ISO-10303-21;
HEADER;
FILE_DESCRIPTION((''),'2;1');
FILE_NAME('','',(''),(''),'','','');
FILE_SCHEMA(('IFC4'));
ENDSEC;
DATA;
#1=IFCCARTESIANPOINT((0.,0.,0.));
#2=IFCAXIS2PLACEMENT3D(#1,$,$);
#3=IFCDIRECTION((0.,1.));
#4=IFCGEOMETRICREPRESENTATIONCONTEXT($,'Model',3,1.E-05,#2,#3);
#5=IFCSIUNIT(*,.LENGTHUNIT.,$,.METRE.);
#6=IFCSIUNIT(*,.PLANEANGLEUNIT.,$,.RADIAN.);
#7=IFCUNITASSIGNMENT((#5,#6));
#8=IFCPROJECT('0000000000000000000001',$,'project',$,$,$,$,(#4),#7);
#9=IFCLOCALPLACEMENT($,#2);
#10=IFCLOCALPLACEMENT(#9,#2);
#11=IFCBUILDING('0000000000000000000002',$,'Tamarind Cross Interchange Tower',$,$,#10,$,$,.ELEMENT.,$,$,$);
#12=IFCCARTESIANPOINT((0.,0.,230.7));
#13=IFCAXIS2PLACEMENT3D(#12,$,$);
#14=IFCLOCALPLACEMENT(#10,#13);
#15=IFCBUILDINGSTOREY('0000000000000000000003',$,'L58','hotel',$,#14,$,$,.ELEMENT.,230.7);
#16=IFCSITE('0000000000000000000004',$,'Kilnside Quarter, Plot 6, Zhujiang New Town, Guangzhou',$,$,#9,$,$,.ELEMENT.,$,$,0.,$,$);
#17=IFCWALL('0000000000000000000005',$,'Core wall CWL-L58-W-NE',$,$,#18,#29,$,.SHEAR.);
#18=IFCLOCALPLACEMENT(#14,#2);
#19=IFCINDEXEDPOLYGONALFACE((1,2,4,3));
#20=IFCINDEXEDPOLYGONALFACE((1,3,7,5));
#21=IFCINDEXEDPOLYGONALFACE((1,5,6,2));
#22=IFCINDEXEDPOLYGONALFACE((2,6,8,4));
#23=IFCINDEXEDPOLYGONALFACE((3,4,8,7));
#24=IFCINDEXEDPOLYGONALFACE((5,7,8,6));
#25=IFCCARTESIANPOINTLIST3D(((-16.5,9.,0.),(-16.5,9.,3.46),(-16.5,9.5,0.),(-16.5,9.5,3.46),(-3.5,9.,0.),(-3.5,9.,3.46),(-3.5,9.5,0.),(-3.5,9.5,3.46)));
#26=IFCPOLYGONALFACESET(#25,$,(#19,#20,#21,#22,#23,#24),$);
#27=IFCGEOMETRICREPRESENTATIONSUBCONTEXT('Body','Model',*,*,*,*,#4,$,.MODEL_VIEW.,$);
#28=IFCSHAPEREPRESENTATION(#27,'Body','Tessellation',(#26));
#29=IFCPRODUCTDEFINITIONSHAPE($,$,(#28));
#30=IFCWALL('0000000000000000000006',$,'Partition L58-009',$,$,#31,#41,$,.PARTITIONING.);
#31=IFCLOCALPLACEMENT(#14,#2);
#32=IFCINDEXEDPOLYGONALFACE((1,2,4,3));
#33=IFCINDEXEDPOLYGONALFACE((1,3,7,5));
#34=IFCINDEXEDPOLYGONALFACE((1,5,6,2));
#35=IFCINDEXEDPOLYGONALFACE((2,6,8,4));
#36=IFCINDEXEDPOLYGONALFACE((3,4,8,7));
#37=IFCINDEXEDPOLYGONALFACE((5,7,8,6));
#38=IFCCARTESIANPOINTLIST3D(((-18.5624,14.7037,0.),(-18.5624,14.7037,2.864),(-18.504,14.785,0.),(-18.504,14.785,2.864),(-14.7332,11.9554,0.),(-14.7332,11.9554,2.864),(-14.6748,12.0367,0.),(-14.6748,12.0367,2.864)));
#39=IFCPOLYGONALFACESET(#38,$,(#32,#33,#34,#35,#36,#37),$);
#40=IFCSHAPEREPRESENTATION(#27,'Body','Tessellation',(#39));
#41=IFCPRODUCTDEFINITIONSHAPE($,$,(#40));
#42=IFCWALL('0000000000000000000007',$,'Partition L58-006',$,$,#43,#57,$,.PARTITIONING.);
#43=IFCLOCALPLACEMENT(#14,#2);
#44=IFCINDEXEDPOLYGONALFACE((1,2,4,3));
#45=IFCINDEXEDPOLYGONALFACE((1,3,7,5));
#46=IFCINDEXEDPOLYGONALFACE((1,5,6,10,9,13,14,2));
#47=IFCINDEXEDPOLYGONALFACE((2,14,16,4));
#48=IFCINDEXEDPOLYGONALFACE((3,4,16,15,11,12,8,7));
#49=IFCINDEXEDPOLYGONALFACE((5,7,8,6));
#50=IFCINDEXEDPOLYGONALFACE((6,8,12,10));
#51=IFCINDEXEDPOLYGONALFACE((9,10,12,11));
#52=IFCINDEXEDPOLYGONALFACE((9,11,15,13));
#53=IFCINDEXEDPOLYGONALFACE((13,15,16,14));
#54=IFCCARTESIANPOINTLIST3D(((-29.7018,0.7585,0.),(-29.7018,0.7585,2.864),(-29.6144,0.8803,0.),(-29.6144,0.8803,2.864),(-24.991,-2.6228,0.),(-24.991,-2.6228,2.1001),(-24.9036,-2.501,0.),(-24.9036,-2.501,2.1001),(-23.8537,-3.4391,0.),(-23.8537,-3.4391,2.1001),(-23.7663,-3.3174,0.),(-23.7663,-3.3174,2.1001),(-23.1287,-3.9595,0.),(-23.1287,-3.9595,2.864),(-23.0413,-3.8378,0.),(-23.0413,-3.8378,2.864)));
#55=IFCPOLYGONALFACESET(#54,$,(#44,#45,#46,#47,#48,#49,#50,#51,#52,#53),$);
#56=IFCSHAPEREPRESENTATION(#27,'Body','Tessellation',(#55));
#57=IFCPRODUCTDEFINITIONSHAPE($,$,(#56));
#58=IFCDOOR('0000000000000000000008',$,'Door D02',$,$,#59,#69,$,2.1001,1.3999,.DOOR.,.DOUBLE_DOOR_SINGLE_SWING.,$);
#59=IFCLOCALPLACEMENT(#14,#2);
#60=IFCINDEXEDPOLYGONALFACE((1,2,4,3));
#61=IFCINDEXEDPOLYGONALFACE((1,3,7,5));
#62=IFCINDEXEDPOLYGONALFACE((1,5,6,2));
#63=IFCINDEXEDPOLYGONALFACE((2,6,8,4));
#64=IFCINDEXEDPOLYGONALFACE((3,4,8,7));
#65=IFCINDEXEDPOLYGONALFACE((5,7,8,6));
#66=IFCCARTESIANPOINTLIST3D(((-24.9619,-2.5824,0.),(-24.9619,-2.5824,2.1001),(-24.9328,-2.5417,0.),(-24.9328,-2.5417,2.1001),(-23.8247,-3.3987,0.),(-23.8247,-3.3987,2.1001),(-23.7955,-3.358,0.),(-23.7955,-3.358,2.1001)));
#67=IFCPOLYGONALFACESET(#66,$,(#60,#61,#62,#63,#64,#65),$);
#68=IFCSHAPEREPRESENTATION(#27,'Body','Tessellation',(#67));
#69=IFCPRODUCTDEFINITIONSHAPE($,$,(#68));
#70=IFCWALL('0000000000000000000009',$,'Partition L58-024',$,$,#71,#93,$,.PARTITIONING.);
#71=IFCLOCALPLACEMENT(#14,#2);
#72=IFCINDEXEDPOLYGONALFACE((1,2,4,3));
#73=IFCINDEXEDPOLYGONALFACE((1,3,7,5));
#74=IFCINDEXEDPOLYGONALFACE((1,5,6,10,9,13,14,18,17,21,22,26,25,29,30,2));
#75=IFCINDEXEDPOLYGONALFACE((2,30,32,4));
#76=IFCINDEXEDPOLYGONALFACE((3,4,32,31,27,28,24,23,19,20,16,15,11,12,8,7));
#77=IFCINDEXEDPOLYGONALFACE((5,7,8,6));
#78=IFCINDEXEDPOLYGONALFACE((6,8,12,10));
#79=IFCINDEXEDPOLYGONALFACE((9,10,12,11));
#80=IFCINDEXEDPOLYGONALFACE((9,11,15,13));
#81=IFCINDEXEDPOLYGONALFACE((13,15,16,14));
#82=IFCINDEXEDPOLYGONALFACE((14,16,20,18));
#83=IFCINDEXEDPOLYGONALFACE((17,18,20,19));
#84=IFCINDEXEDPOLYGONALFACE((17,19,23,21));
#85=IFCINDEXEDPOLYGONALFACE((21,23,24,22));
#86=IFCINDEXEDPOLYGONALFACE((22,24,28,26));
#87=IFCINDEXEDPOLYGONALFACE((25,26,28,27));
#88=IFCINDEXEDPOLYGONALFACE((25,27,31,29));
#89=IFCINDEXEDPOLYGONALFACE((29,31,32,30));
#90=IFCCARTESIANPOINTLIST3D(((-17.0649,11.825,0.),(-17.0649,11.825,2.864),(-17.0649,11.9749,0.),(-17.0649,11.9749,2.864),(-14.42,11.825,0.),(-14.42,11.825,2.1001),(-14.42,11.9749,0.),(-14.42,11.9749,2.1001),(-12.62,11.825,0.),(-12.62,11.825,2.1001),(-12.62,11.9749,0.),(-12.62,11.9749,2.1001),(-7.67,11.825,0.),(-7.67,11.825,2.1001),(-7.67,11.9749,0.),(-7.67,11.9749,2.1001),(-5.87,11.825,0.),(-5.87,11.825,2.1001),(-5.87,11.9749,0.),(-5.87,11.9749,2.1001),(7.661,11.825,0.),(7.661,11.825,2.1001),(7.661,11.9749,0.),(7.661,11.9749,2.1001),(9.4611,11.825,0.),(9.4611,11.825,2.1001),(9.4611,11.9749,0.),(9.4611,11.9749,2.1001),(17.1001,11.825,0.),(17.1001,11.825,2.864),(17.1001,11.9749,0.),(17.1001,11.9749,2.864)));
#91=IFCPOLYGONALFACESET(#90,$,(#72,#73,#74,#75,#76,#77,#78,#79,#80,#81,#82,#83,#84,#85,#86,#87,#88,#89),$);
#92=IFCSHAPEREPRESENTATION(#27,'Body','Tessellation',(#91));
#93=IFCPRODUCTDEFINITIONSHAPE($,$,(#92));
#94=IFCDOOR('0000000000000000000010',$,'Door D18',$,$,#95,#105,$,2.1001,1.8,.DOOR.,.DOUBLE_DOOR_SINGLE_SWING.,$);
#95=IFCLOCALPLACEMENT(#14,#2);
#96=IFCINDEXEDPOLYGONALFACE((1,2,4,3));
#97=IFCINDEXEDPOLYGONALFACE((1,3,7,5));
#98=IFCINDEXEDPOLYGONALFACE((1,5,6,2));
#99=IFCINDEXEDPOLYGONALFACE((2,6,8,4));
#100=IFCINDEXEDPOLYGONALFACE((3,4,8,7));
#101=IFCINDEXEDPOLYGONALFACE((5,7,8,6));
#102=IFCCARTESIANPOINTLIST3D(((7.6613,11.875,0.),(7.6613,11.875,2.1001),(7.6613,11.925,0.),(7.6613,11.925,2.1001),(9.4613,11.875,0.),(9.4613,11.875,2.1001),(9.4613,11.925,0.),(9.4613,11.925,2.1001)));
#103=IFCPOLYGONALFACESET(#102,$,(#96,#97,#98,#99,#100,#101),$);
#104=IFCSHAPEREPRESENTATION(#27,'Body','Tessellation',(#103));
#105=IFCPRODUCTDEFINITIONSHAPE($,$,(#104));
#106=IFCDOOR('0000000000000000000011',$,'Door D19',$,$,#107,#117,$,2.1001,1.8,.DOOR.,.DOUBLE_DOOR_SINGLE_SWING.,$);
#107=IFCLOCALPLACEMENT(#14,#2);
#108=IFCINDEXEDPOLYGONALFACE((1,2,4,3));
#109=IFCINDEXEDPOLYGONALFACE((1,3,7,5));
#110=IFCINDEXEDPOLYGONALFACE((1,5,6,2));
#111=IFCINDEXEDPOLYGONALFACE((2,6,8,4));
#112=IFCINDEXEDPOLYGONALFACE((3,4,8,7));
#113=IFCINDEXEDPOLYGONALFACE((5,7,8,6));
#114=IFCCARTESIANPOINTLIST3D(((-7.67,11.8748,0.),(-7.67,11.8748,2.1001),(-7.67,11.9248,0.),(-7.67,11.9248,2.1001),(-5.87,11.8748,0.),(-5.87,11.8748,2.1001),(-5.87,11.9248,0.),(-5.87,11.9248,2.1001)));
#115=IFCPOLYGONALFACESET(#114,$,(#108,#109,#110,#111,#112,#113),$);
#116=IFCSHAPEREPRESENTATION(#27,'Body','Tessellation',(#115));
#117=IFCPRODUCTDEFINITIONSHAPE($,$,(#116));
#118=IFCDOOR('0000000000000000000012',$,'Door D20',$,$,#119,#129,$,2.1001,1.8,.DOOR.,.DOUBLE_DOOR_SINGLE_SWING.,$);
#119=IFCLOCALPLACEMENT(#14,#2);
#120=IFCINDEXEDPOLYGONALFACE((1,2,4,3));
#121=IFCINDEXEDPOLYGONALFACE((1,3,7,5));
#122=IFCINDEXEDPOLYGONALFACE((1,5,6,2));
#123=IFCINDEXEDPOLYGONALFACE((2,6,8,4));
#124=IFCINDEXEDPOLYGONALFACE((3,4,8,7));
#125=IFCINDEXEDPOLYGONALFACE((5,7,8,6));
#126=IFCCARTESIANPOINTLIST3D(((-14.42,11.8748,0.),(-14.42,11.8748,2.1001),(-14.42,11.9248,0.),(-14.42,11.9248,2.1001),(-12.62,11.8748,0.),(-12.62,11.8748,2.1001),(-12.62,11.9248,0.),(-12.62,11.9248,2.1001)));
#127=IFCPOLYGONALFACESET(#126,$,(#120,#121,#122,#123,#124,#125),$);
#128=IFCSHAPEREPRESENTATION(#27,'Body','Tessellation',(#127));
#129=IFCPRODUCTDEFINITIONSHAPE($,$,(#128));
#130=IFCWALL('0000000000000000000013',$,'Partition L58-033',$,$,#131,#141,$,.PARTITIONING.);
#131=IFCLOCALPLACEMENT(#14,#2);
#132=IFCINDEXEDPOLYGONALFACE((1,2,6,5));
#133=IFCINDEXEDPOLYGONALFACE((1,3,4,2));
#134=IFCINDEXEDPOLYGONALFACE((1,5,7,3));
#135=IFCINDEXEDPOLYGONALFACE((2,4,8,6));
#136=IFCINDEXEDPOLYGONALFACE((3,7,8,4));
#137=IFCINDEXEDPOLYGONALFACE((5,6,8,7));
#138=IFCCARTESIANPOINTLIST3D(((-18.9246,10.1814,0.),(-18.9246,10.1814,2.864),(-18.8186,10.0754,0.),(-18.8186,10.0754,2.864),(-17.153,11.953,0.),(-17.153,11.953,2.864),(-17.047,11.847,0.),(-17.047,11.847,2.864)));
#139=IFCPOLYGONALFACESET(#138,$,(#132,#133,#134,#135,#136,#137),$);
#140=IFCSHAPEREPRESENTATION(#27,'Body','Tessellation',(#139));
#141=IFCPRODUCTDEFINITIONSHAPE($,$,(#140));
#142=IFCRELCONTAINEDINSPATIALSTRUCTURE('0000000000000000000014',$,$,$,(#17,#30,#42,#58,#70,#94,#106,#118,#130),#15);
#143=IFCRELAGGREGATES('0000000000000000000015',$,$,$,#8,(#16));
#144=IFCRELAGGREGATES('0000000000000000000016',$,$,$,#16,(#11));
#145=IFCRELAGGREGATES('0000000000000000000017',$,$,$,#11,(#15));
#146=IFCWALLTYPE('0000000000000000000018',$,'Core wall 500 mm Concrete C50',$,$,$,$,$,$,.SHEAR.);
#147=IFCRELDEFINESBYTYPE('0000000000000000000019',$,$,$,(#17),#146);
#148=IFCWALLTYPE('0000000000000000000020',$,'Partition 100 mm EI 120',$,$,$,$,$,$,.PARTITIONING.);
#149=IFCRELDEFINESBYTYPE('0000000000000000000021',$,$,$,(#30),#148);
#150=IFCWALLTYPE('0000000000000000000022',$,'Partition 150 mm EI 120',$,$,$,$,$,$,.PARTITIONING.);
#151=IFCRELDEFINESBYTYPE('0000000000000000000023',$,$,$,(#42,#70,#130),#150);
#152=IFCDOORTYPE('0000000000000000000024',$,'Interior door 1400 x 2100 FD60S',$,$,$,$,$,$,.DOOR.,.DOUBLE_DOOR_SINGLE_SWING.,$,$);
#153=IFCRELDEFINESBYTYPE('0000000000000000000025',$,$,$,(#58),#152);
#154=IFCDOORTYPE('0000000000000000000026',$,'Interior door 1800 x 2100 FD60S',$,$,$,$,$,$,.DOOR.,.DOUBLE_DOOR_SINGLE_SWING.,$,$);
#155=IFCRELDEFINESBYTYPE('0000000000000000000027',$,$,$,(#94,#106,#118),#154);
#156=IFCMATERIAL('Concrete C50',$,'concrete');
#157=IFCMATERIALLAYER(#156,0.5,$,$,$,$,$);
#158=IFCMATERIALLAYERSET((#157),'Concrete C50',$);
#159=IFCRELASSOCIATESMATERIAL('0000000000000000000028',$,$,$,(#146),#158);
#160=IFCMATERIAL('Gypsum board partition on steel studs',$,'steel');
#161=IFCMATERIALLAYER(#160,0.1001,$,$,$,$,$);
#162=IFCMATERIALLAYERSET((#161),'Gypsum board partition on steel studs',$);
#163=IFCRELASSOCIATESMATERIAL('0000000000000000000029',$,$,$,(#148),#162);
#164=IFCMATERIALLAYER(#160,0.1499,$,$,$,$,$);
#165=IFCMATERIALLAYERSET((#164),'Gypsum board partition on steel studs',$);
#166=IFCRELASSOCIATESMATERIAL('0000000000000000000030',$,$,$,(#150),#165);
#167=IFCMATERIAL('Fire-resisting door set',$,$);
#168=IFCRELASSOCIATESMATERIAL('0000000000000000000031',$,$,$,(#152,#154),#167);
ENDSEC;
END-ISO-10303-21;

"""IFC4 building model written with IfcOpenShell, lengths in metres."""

from ifc_helpers import new_model, si_unit, direction, frame, frame_2d, origin, place, context, subcontext, project, spatial, rectangle, extrude, material, layer, layer_set, type_object, element, fill, save


model = new_model("IFC4")

# Units and contexts
model_context = context("Model", 3, precision=1e-05, world=origin(), true_north=direction((0.0, 1.0)))
body_context = subcontext(model_context, "Body", "Model", "MODEL_VIEW")
ifc_project = project(units=[si_unit("LENGTHUNIT", "METRE"), si_unit("PLANEANGLEUNIT", "RADIAN")], contexts=[model_context])

# Site, building, storey
site_placement = place(None, origin())
site = spatial("IfcSite", under=ifc_project, at=site_placement, Name="Kilnside Quarter, Plot 6, Zhujiang New Town, Guangzhou", CompositionType="ELEMENT", RefElevation=0.0)
building_placement = place(site_placement, origin())
building = spatial("IfcBuilding", under=site, at=building_placement, Name="Tamarind Cross Interchange Tower", CompositionType="ELEMENT")
storey_placement = place(building_placement, frame((0.0, 0.0, 230.7)))
storey = spatial("IfcBuildingStorey", under=building, at=storey_placement, Name="L58", Description="hotel", CompositionType="ELEMENT", Elevation=230.7)

# Shared definitions
ifc_material_1 = material(Name="Concrete C50", Category="concrete")

# Walls
ifc_layer_1 = layer(ifc_material_1, 0.5)
ifc_layer_set_1 = layer_set([ifc_layer_1], Name="Concrete C50")
wall_type_1 = type_object("IfcWallType", Name="Core wall 500 mm Concrete C50", PredefinedType="SHEAR", material=ifc_layer_set_1)
wall_1_placement = place(storey_placement, frame((-16.5, 9.25, 0.0), z_axis=(0.0, 0.0, 1.0), x_axis=(1.0, 0.0, 0.0)))
element("IfcWall", 1, at=wall_1_placement, inside=storey, type_object=wall_type_1, Name="Core wall CWL-L58-W-NE", PredefinedType="SHEAR", context=body_context, shape_type="SweptSolid", body=[
    extrude(rectangle(XDim=13.0, YDim=0.5, at=frame_2d((6.5, 0.0))), origin(), (0.0, 0.0, 1.0), 3.46),
])
ifc_material_2 = material(Name="Gypsum board partition on steel studs", Category="steel")
ifc_layer_2 = layer(ifc_material_2, 0.1001)
ifc_layer_set_2 = layer_set([ifc_layer_2], Name="Gypsum board partition on steel studs")
wall_type_2 = type_object("IfcWallType", Name="Partition 100 mm EI 120", PredefinedType="PARTITIONING", material=ifc_layer_set_2)
wall_2_placement = place(storey_placement, frame((-18.5332, 14.7444, 0.0), z_axis=(0.0, 0.0, 1.0), x_axis=(0.812405, -0.583094, 0.0)))
element("IfcWall", 2, at=wall_2_placement, inside=storey, type_object=wall_type_2, Name="Partition L58-009", PredefinedType="PARTITIONING", context=body_context, shape_type="SweptSolid", body=[
    extrude(rectangle(XDim=4.7134, YDim=0.1001, at=frame_2d((2.3567, 0.0))), origin(), (0.0, 0.0, 1.0), 2.864),
])

# Wall, opening, door
ifc_layer_3 = layer(ifc_material_2, 0.1499)
ifc_layer_set_3 = layer_set([ifc_layer_3], Name="Gypsum board partition on steel studs")
wall_type_3 = type_object("IfcWallType", Name="Partition 150 mm EI 120", PredefinedType="PARTITIONING", material=ifc_layer_set_3)
wall_3_placement = place(storey_placement, frame((-29.658, 0.8193, 0.0), z_axis=(0.0, 0.0, 1.0), x_axis=(0.812386, -0.58312, 0.0)))
wall_3 = element("IfcWall", 3, at=wall_3_placement, inside=storey, type_object=wall_type_3, Name="Partition L58-006", PredefinedType="PARTITIONING", context=body_context, shape_type="SweptSolid", body=[
    extrude(rectangle(XDim=8.0911, YDim=0.1499, at=frame_2d((4.0454, 0.0))), origin(), (0.0, 0.0, 1.0), 2.864),
])
opening_1_placement = place(wall_3_placement, frame((5.7986, 0.0, 0.0)))
opening_1 = element("IfcOpeningElement", 4, at=opening_1_placement, cuts=wall_3, PredefinedType="OPENING", context=body_context, shape_type="SweptSolid", body=[
    extrude(rectangle(XDim=1.3999, YDim=2.1001, at=frame_2d((0.7, 1.05))), frame((0.0, 0.085, 0.0), z_axis=(0.0, -1.0, 0.0), x_axis=(1.0, 0.0, 0.0)), (0.0, 0.0, 1.0), 0.1699),
])
ifc_material_3 = material(Name="Fire-resisting door set")
door_type_1 = type_object("IfcDoorType", Name="Interior door 1400 x 2100 FD60S", OperationType="DOUBLE_DOOR_SINGLE_SWING", PredefinedType="DOOR", material=ifc_material_3)
door_1_placement = place(opening_1_placement, origin())
door_1 = element("IfcDoor", 5, at=door_1_placement, inside=storey, type_object=door_type_1, Name="Door D02", OperationType="DOUBLE_DOOR_SINGLE_SWING", OverallHeight=2.1001, OverallWidth=1.3999, PredefinedType="DOOR", context=body_context, shape_type="SweptSolid", body=[
    extrude(rectangle(XDim=1.3999, YDim=2.1001, at=frame_2d((0.7, 1.05))), frame((0.0, 0.0249, 0.0), z_axis=(0.0, -1.0, 0.0), x_axis=(1.0, 0.0, 0.0)), (0.0, 0.0, 1.0), 0.05),
])
fill(opening_1, door_1)

# Wall, openings, doors
wall_4_placement = place(storey_placement, frame((-17.0649, 11.8999, 0.0), z_axis=(0.0, 0.0, 1.0), x_axis=(1.0, 0.0, 0.0)))
wall_4 = element("IfcWall", 6, at=wall_4_placement, inside=storey, type_object=wall_type_3, Name="Partition L58-024", PredefinedType="PARTITIONING", context=body_context, shape_type="SweptSolid", body=[
    extrude(rectangle(XDim=34.165, YDim=0.1499, at=frame_2d((17.0825, 0.0))), origin(), (0.0, 0.0, 1.0), 2.864),
])
opening_2_placement = place(wall_4_placement, frame((24.7261, 0.0, 0.0)))
opening_2 = element("IfcOpeningElement", 7, at=opening_2_placement, cuts=wall_4, PredefinedType="OPENING", context=body_context, shape_type="SweptSolid", body=[
    extrude(rectangle(XDim=1.8, YDim=2.1001, at=frame_2d((0.8999, 1.05))), frame((0.0, 0.085, 0.0), z_axis=(0.0, -1.0, 0.0), x_axis=(1.0, 0.0, 0.0)), (0.0, 0.0, 1.0), 0.1699),
])
opening_3_placement = place(wall_4_placement, frame((9.395, 0.0, 0.0)))
opening_3 = element("IfcOpeningElement", 8, at=opening_3_placement, cuts=wall_4, PredefinedType="OPENING", context=body_context, shape_type="SweptSolid", body=[
    extrude(rectangle(XDim=1.8, YDim=2.1001, at=frame_2d((0.8999, 1.05))), frame((0.0, 0.085, 0.0), z_axis=(0.0, -1.0, 0.0), x_axis=(1.0, 0.0, 0.0)), (0.0, 0.0, 1.0), 0.1699),
])
opening_4_placement = place(wall_4_placement, frame((2.645, 0.0, 0.0)))
opening_4 = element("IfcOpeningElement", 9, at=opening_4_placement, cuts=wall_4, PredefinedType="OPENING", context=body_context, shape_type="SweptSolid", body=[
    extrude(rectangle(XDim=1.8, YDim=2.1001, at=frame_2d((0.8999, 1.05))), frame((0.0, 0.085, 0.0), z_axis=(0.0, -1.0, 0.0), x_axis=(1.0, 0.0, 0.0)), (0.0, 0.0, 1.0), 0.1699),
])
door_type_2 = type_object("IfcDoorType", Name="Interior door 1800 x 2100 FD60S", OperationType="DOUBLE_DOOR_SINGLE_SWING", PredefinedType="DOOR", material=ifc_material_3)
door_2_placement = place(opening_2_placement, frame((1.8, 0.0, 0.0), z_axis=(0.0, 0.0, 1.0), x_axis=(-1.0, 0.0, 0.0)))
door_2 = element("IfcDoor", 10, at=door_2_placement, inside=storey, type_object=door_type_2, Name="Door D18", OperationType="DOUBLE_DOOR_SINGLE_SWING", OverallHeight=2.1001, OverallWidth=1.8, PredefinedType="DOOR", context=body_context, shape_type="SweptSolid", body=[
    extrude(rectangle(XDim=1.8, YDim=2.1001, at=frame_2d((0.8999, 1.05))), frame((0.0, 0.0249, 0.0), z_axis=(0.0, -1.0, 0.0), x_axis=(1.0, 0.0, 0.0)), (0.0, 0.0, 1.0), 0.05),
])
fill(opening_2, door_2)
door_3_placement = place(opening_3_placement, origin())
door_3 = element("IfcDoor", 11, at=door_3_placement, inside=storey, type_object=door_type_2, Name="Door D19", OperationType="DOUBLE_DOOR_SINGLE_SWING", OverallHeight=2.1001, OverallWidth=1.8, PredefinedType="DOOR", context=body_context, shape_type="SweptSolid", body=[
    extrude(rectangle(XDim=1.8, YDim=2.1001, at=frame_2d((0.8999, 1.05))), frame((0.0, 0.0249, 0.0), z_axis=(0.0, -1.0, 0.0), x_axis=(1.0, 0.0, 0.0)), (0.0, 0.0, 1.0), 0.05),
])
fill(opening_3, door_3)
door_4_placement = place(opening_4_placement, origin())
door_4 = element("IfcDoor", 12, at=door_4_placement, inside=storey, type_object=door_type_2, Name="Door D20", OperationType="DOUBLE_DOOR_SINGLE_SWING", OverallHeight=2.1001, OverallWidth=1.8, PredefinedType="DOOR", context=body_context, shape_type="SweptSolid", body=[
    extrude(rectangle(XDim=1.8, YDim=2.1001, at=frame_2d((0.8999, 1.05))), frame((0.0, 0.0249, 0.0), z_axis=(0.0, -1.0, 0.0), x_axis=(1.0, 0.0, 0.0)), (0.0, 0.0, 1.0), 0.05),
])
fill(opening_4, door_4)

# Wall
wall_5_placement = place(storey_placement, frame((-18.8716, 10.1284, 0.0), z_axis=(0.0, 0.0, 1.0), x_axis=(0.707107, 0.707107, 0.0)))
element("IfcWall", 13, at=wall_5_placement, inside=storey, type_object=wall_type_3, Name="Partition L58-033", PredefinedType="PARTITIONING", context=body_context, shape_type="SweptSolid", body=[
    extrude(rectangle(XDim=2.5054, YDim=0.1499, at=frame_2d((1.2527, 0.0))), origin(), (0.0, 0.0, 1.0), 2.864),
])

save(model, "model.ifc")
